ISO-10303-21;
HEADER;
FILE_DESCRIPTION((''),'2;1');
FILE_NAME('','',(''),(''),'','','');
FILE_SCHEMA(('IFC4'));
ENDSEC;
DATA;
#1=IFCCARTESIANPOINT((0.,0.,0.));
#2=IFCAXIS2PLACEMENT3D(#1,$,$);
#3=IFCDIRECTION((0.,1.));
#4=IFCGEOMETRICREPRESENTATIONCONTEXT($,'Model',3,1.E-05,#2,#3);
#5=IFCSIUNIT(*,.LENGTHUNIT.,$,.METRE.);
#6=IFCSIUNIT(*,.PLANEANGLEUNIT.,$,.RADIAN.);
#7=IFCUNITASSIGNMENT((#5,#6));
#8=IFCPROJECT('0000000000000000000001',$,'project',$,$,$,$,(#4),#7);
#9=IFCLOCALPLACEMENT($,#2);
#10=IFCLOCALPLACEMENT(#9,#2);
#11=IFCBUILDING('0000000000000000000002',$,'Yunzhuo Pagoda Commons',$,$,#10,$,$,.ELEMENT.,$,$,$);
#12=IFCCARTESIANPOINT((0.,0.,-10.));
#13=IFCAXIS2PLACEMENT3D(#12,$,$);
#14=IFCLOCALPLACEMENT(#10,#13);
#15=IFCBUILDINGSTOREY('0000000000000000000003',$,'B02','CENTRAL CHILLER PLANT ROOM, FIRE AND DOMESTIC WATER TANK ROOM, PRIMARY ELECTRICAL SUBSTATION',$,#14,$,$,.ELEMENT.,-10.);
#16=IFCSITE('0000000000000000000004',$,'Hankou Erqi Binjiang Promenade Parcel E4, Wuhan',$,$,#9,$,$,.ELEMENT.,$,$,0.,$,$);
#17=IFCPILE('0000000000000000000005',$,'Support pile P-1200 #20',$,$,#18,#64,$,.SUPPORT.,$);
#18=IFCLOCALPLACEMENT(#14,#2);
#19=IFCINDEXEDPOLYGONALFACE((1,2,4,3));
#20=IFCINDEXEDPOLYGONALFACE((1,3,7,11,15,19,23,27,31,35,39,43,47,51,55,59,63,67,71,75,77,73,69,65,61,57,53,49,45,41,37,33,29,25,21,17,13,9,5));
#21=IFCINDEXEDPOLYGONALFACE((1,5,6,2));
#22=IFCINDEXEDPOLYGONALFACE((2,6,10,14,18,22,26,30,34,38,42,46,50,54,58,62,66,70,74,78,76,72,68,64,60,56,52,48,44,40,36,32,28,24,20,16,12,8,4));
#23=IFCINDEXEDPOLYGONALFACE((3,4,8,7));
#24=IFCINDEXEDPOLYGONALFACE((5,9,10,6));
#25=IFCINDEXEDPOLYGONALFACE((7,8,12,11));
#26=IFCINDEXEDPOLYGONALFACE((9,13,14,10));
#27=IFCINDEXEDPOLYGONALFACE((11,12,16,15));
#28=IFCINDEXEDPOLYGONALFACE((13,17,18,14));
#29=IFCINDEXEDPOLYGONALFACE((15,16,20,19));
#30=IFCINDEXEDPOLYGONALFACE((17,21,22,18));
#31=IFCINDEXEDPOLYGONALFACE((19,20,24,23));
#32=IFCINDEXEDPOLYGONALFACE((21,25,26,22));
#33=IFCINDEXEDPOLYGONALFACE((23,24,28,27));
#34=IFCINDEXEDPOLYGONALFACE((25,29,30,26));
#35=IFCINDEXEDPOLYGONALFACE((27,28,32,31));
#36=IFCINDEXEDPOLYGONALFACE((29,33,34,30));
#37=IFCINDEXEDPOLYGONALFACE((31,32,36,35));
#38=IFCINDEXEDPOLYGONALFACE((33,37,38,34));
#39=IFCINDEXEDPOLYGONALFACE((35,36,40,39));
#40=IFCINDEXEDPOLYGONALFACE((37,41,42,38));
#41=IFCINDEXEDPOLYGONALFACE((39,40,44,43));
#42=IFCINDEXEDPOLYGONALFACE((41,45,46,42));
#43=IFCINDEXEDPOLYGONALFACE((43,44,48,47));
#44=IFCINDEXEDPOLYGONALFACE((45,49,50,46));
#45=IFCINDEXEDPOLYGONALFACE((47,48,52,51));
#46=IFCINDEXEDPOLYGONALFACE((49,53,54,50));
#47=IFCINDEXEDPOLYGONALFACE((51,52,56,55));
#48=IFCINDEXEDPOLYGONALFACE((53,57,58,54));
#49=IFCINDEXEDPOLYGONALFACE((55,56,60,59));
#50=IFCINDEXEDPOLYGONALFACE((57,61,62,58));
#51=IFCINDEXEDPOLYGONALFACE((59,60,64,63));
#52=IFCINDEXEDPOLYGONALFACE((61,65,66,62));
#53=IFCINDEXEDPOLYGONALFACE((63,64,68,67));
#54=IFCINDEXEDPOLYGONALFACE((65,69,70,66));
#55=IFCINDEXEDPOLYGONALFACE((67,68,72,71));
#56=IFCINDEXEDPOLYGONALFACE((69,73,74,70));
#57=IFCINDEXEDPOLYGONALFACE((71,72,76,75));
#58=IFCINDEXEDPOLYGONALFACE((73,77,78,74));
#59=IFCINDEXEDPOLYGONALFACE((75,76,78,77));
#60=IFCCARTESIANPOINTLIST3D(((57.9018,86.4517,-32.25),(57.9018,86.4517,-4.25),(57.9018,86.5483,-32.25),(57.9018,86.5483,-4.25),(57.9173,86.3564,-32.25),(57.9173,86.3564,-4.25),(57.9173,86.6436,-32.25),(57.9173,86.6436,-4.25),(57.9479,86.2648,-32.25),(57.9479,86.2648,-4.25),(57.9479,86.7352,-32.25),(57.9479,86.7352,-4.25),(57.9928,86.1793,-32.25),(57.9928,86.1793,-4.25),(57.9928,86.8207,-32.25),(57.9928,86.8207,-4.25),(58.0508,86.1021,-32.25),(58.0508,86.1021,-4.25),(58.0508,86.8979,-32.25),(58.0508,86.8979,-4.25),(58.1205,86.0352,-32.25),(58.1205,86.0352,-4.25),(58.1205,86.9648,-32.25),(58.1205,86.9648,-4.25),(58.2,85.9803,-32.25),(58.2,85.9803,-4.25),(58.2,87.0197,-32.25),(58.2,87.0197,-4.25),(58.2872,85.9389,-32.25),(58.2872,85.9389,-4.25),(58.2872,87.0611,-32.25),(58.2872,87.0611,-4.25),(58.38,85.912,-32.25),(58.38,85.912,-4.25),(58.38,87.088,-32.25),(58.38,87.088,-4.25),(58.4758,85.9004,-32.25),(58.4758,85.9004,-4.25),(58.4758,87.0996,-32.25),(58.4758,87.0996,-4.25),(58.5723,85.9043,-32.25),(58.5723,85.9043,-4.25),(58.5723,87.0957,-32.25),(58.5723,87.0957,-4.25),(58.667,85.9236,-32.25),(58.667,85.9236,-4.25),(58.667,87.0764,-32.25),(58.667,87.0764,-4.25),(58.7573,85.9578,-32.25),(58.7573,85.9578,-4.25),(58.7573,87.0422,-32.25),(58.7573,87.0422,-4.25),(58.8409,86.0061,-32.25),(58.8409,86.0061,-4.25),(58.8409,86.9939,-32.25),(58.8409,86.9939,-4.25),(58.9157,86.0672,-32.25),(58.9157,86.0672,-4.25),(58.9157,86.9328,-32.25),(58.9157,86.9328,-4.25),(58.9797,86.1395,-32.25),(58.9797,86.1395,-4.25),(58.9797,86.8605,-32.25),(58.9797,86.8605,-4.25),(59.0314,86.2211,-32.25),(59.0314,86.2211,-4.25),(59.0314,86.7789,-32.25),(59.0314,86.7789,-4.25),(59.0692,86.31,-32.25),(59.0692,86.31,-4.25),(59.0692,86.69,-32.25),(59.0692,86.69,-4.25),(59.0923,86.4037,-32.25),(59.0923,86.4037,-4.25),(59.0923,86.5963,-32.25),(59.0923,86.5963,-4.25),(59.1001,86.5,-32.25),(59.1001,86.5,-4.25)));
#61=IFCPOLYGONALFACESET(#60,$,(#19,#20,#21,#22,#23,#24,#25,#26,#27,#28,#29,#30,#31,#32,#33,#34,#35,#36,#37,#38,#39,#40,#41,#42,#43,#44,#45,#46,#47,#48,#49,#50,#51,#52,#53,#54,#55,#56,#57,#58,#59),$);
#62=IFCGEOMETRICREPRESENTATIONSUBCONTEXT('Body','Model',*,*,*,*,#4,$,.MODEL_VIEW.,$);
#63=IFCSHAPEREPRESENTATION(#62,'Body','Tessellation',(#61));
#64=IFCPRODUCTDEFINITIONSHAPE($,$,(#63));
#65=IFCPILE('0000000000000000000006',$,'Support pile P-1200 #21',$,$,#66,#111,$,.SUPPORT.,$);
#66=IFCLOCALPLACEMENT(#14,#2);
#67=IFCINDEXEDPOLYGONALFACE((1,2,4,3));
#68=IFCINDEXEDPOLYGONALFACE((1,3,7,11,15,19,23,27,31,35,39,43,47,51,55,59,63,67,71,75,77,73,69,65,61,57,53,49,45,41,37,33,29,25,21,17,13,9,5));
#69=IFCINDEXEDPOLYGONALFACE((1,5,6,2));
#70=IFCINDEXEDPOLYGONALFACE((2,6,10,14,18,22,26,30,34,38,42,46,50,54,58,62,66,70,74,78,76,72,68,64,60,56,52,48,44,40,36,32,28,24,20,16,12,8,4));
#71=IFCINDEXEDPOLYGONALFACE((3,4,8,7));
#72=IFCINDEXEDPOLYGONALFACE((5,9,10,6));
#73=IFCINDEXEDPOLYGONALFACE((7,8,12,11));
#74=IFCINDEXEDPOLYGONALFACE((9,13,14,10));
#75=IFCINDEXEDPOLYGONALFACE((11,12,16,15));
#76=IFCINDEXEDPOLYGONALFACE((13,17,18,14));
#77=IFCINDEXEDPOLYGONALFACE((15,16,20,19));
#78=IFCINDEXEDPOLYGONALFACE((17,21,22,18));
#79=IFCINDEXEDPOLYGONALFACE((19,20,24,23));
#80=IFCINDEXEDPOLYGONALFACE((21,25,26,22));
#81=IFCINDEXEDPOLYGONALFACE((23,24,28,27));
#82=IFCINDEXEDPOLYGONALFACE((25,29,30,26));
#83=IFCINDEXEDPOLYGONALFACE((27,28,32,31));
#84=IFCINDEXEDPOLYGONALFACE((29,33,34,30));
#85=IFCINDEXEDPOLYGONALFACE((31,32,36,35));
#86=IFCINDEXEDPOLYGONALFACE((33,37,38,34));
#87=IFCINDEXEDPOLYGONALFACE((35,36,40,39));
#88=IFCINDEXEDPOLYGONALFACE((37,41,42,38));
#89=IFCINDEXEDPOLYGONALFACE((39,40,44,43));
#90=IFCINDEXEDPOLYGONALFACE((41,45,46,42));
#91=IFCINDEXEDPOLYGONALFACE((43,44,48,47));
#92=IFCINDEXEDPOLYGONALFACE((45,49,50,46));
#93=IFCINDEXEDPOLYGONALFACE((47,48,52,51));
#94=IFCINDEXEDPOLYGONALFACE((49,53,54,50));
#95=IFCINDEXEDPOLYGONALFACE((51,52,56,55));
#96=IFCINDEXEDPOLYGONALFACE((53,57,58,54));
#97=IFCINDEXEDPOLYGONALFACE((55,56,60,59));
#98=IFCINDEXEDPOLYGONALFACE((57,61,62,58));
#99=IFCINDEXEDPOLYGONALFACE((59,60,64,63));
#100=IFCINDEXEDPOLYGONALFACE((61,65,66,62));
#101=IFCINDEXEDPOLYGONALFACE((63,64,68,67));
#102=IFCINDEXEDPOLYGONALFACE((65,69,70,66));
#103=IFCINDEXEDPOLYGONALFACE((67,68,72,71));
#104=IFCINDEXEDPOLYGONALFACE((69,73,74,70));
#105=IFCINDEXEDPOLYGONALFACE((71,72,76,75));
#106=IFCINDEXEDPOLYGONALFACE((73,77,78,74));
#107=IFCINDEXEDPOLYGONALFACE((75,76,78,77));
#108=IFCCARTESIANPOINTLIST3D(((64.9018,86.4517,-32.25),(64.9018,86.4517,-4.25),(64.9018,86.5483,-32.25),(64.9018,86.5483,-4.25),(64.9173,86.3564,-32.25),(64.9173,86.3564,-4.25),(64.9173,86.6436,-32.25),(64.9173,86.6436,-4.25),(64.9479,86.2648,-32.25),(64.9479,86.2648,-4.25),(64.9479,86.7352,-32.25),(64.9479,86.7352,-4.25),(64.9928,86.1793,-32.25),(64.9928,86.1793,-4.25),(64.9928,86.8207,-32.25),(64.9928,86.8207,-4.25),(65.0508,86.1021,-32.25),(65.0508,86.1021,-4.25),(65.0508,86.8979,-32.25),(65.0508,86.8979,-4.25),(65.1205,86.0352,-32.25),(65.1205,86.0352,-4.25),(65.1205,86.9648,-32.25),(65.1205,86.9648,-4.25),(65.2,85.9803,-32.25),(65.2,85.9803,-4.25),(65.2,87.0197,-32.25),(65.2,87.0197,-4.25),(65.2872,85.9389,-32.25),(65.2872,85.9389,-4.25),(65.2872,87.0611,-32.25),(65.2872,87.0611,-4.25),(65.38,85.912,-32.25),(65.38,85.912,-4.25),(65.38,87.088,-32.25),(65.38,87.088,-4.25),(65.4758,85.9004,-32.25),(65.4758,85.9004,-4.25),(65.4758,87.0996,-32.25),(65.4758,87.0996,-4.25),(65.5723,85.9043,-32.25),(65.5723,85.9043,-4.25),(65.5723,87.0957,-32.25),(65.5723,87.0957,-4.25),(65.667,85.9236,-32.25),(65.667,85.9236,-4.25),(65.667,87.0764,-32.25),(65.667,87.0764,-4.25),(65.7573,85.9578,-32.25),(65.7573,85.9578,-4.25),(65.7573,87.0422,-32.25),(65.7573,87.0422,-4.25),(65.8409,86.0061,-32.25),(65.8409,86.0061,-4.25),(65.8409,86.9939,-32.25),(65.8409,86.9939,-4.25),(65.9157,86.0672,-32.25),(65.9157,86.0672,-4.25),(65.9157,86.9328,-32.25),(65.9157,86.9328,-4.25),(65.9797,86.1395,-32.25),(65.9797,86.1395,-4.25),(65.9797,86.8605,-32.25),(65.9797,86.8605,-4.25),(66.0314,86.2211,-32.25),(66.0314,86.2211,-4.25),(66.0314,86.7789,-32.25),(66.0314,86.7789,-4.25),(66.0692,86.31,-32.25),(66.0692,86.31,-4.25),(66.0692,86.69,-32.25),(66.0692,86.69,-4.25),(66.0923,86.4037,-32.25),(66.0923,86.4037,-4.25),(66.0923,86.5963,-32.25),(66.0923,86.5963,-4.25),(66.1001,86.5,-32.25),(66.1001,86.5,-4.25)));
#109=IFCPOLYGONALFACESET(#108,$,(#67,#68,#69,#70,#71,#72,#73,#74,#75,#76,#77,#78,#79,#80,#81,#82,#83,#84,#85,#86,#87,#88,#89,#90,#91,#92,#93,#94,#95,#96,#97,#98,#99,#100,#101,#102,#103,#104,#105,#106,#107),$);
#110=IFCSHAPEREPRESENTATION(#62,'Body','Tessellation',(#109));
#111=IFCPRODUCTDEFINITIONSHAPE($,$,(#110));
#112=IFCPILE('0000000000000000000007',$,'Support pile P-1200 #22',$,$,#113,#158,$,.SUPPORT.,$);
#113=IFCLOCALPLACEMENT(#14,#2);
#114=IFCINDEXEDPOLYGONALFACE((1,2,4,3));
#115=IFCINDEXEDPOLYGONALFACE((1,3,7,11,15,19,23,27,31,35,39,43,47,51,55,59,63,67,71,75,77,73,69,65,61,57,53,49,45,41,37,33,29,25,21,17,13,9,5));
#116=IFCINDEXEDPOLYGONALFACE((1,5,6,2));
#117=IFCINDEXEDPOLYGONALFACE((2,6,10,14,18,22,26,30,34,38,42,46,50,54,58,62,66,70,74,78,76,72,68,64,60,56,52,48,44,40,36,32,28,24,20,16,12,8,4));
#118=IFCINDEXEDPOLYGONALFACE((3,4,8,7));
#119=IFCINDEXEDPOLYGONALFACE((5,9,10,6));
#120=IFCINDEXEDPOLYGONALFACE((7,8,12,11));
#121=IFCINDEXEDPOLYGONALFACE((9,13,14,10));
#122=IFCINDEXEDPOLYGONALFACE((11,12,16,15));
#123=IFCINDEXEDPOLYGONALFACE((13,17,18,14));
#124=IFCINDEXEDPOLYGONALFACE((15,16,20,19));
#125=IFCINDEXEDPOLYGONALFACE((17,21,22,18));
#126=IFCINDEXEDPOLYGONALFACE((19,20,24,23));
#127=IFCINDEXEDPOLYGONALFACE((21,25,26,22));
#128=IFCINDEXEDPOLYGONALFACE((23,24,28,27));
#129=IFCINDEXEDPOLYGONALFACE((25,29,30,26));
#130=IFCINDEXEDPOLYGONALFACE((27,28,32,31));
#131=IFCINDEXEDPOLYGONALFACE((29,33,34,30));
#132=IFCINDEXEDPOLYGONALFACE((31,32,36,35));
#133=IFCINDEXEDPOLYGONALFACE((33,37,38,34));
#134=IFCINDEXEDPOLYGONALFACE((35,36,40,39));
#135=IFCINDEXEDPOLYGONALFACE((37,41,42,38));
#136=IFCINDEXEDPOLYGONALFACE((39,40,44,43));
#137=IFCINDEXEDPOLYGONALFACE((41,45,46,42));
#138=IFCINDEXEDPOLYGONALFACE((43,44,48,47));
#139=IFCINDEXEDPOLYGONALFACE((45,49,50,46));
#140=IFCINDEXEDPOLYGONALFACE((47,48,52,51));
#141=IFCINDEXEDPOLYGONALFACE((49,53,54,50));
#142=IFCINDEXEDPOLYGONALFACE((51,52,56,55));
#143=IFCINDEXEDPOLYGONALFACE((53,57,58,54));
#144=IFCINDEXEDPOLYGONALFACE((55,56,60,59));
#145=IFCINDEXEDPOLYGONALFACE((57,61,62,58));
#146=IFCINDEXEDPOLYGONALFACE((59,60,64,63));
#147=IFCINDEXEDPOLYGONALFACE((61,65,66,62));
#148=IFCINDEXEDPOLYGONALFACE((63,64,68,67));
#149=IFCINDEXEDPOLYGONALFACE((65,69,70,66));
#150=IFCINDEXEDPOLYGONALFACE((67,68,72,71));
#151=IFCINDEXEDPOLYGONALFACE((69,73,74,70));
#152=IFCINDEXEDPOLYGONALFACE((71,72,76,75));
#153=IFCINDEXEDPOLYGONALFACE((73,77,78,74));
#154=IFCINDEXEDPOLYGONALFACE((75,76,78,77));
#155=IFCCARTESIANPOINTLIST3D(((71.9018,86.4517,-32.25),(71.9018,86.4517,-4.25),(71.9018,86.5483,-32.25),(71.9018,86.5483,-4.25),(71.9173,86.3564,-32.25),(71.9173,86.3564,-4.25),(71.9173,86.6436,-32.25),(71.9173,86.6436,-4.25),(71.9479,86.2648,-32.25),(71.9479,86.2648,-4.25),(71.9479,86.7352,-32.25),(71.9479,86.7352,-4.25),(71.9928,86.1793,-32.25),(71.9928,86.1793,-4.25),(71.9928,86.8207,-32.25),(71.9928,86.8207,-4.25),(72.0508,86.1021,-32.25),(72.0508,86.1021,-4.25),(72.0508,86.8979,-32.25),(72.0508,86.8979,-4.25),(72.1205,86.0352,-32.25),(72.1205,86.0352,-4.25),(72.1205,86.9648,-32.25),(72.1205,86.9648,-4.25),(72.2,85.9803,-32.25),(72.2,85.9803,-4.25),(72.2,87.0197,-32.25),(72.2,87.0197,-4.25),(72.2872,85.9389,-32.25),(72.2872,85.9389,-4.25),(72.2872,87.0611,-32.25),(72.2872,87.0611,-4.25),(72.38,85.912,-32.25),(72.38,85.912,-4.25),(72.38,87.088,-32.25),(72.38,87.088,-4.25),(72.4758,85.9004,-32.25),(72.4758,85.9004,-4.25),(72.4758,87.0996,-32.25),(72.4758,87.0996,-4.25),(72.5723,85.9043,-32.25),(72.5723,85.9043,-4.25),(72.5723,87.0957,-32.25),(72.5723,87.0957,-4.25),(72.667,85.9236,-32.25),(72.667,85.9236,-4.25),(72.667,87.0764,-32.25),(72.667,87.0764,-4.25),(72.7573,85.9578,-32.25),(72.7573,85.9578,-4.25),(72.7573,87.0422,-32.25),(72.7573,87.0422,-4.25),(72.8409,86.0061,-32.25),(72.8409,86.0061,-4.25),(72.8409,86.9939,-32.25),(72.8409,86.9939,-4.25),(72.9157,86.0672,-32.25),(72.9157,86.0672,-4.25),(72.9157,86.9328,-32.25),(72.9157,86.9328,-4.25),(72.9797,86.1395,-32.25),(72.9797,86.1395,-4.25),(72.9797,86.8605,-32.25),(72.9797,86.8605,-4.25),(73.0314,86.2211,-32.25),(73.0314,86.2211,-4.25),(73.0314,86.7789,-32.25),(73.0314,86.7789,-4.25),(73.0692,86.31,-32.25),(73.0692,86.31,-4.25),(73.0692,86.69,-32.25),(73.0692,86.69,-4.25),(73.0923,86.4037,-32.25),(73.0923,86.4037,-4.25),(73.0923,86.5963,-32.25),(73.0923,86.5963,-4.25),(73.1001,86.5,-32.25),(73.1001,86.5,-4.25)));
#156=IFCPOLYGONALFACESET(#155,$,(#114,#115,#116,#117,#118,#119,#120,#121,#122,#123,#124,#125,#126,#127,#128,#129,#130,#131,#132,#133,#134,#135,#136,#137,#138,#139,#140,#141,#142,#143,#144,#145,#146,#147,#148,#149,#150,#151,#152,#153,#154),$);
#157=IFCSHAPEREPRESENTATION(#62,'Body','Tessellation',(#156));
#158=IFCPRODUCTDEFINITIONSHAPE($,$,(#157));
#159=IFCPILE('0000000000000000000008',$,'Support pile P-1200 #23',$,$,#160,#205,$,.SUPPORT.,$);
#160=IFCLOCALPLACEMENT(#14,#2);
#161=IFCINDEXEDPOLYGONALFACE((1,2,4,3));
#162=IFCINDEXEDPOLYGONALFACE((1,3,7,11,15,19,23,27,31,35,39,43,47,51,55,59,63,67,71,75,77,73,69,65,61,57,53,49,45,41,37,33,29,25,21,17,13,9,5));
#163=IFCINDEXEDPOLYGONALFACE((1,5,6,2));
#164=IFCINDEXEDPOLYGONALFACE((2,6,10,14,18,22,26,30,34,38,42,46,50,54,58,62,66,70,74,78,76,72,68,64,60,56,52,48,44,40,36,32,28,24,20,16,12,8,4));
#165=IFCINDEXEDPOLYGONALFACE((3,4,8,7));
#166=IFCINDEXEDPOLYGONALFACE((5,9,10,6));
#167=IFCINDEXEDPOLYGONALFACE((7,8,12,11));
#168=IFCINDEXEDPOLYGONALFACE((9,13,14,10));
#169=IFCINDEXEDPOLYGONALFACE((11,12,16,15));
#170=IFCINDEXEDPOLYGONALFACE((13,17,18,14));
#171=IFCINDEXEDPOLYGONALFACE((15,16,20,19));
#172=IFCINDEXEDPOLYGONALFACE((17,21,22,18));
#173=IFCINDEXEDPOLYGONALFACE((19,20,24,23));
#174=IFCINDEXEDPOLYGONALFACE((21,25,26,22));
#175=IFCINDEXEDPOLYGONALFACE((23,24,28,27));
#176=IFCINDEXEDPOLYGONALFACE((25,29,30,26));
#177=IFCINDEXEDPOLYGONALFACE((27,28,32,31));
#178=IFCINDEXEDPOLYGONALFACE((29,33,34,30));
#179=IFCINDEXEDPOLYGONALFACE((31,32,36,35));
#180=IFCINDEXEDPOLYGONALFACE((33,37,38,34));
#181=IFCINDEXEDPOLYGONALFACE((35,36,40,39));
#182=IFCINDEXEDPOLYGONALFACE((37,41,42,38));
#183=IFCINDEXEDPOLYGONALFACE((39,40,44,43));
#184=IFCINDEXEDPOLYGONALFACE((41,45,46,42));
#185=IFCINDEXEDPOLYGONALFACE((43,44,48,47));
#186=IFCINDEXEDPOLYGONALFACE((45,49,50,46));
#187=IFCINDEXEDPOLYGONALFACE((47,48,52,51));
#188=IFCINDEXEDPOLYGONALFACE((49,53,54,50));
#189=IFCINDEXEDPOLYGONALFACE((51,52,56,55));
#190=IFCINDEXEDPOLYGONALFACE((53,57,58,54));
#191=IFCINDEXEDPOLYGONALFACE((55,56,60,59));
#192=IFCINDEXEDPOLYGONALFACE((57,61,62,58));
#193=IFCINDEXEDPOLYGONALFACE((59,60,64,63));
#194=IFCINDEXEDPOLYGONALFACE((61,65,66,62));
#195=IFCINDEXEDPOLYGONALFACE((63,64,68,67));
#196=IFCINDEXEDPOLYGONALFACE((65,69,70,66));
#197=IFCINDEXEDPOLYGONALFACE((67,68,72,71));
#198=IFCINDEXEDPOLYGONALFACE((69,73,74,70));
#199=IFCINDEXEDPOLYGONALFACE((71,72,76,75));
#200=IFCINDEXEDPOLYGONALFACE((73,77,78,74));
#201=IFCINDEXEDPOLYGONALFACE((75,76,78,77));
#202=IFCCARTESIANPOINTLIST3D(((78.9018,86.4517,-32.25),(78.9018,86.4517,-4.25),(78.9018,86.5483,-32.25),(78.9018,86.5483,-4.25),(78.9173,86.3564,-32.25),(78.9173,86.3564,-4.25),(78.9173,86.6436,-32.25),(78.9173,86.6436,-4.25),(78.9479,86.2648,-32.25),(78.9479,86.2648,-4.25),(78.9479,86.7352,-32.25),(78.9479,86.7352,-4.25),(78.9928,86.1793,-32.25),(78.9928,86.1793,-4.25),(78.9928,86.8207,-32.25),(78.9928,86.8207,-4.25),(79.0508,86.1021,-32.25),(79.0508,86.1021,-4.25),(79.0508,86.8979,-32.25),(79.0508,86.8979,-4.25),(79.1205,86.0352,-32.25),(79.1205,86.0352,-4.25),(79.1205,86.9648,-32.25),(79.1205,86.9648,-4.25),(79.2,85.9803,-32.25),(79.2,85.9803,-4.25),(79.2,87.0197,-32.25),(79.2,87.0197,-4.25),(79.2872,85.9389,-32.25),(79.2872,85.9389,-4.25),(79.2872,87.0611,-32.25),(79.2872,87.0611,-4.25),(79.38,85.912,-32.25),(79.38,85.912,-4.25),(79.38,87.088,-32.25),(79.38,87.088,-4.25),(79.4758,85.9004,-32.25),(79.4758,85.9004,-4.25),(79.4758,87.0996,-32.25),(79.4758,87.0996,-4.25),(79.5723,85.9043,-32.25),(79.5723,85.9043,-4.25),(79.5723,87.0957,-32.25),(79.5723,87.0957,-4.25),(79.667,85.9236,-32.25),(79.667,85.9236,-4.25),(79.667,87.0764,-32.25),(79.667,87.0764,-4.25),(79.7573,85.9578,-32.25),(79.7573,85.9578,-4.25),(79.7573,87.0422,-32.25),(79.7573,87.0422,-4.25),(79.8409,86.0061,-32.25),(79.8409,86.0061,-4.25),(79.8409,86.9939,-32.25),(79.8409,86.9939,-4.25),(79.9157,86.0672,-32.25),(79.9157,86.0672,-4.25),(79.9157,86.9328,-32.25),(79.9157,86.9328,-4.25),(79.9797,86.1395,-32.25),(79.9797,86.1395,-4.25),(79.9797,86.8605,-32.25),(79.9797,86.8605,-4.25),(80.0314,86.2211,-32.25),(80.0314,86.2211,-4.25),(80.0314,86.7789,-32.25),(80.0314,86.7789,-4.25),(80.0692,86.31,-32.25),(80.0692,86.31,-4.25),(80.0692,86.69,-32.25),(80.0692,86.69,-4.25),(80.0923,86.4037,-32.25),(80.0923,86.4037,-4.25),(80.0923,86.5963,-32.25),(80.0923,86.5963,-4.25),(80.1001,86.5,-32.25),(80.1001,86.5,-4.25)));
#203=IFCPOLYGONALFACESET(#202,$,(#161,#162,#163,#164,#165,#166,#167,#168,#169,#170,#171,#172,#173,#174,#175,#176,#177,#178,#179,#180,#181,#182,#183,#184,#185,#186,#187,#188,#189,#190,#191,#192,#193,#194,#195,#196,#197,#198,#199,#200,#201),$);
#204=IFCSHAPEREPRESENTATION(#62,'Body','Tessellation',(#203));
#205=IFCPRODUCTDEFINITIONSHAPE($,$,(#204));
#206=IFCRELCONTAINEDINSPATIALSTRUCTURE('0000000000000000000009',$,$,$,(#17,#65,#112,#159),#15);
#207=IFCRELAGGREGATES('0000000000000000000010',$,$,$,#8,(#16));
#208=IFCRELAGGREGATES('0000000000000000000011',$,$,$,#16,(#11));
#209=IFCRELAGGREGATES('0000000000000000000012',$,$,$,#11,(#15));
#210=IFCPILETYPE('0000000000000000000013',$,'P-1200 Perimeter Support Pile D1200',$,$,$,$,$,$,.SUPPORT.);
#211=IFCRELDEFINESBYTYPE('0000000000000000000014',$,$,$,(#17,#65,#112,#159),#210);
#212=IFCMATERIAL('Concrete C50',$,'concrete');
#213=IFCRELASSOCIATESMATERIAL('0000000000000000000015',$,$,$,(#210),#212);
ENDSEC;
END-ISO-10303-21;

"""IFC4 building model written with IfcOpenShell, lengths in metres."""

from ifc_helpers import new_model, si_unit, direction, frame, origin, origin_2d, place, context, subcontext, project, spatial, circle, extrude, source, transform, mapped, material, material_profile, profile_set, type_object, element, save


model = new_model("IFC4")

# Units and contexts
model_context = context("Model", 3, precision=1e-05, world=origin(), true_north=direction((0.0, 1.0)))
body_context = subcontext(model_context, "Body", "Model", "MODEL_VIEW")
ifc_project = project(units=[si_unit("LENGTHUNIT", "METRE"), si_unit("PLANEANGLEUNIT", "RADIAN")], contexts=[model_context])

# Site, building, storey
site_placement = place(None, origin())
site = spatial("IfcSite", under=ifc_project, at=site_placement, Name="Hankou Erqi Binjiang Promenade Parcel E4, Wuhan", CompositionType="ELEMENT", RefElevation=0.0)
building_placement = place(site_placement, origin())
building = spatial("IfcBuilding", under=site, at=building_placement, Name="Yunzhuo Pagoda Commons", CompositionType="ELEMENT")
storey_placement = place(building_placement, frame((0.0, 0.0, -10.0)))
storey = spatial("IfcBuildingStorey", under=building, at=storey_placement, Name="B02", Description="CENTRAL CHILLER PLANT ROOM, FIRE AND DOMESTIC WATER TANK ROOM, PRIMARY ELECTRICAL SUBSTATION", CompositionType="ELEMENT", Elevation=-10.0)

# Piles
ifc_material_1 = material(Name="Concrete C50", Category="concrete")
ifc_material_profile_1 = material_profile(ifc_material_1, circle(Radius=0.6001, at=origin_2d()), Name="Concrete C50")
ifc_profile_set_1 = profile_set([ifc_material_profile_1], Name="Concrete C50")
pile_type_1 = type_object("IfcPileType", Name="P-1200 Perimeter Support Pile D1200", PredefinedType="SUPPORT", material=ifc_profile_set_1)
shared_shape_1 = source(origin(), body_context, "Body", "SweptSolid", [
    extrude(circle(Radius=0.6001, at=origin_2d()), origin(), (0.0, 0.0, 1.0), 28.0),
])
for number, where, z_axis, x_axis, name in (
    (1, (58.5, 86.5, -4.25), (0.0, 0.0, -1.0), (1.0, 0.0, 0.0), "Support pile P-1200 #20"),
    (2, (65.5, 86.5, -4.25), (0.0, 0.0, -1.0), (1.0, 0.0, 0.0), "Support pile P-1200 #21"),
    (3, (72.5, 86.5, -4.25), (0.0, 0.0, -1.0), (1.0, 0.0, 0.0), "Support pile P-1200 #22"),
    (4, (79.5, 86.5, -4.25), (0.0, 0.0, -1.0), (1.0, 0.0, 0.0), "Support pile P-1200 #23"),
):
    element("IfcPile", number, at=place(storey_placement, frame(where, z_axis=z_axis, x_axis=x_axis)), inside=storey, type_object=pile_type_1, Name=name, PredefinedType="SUPPORT", context=body_context, shape_type="MappedRepresentation", body=[
        mapped(shared_shape_1, transform((0.0, 0.0, 0.0), scale=1.0)),
    ])

save(model, "model.ifc")
